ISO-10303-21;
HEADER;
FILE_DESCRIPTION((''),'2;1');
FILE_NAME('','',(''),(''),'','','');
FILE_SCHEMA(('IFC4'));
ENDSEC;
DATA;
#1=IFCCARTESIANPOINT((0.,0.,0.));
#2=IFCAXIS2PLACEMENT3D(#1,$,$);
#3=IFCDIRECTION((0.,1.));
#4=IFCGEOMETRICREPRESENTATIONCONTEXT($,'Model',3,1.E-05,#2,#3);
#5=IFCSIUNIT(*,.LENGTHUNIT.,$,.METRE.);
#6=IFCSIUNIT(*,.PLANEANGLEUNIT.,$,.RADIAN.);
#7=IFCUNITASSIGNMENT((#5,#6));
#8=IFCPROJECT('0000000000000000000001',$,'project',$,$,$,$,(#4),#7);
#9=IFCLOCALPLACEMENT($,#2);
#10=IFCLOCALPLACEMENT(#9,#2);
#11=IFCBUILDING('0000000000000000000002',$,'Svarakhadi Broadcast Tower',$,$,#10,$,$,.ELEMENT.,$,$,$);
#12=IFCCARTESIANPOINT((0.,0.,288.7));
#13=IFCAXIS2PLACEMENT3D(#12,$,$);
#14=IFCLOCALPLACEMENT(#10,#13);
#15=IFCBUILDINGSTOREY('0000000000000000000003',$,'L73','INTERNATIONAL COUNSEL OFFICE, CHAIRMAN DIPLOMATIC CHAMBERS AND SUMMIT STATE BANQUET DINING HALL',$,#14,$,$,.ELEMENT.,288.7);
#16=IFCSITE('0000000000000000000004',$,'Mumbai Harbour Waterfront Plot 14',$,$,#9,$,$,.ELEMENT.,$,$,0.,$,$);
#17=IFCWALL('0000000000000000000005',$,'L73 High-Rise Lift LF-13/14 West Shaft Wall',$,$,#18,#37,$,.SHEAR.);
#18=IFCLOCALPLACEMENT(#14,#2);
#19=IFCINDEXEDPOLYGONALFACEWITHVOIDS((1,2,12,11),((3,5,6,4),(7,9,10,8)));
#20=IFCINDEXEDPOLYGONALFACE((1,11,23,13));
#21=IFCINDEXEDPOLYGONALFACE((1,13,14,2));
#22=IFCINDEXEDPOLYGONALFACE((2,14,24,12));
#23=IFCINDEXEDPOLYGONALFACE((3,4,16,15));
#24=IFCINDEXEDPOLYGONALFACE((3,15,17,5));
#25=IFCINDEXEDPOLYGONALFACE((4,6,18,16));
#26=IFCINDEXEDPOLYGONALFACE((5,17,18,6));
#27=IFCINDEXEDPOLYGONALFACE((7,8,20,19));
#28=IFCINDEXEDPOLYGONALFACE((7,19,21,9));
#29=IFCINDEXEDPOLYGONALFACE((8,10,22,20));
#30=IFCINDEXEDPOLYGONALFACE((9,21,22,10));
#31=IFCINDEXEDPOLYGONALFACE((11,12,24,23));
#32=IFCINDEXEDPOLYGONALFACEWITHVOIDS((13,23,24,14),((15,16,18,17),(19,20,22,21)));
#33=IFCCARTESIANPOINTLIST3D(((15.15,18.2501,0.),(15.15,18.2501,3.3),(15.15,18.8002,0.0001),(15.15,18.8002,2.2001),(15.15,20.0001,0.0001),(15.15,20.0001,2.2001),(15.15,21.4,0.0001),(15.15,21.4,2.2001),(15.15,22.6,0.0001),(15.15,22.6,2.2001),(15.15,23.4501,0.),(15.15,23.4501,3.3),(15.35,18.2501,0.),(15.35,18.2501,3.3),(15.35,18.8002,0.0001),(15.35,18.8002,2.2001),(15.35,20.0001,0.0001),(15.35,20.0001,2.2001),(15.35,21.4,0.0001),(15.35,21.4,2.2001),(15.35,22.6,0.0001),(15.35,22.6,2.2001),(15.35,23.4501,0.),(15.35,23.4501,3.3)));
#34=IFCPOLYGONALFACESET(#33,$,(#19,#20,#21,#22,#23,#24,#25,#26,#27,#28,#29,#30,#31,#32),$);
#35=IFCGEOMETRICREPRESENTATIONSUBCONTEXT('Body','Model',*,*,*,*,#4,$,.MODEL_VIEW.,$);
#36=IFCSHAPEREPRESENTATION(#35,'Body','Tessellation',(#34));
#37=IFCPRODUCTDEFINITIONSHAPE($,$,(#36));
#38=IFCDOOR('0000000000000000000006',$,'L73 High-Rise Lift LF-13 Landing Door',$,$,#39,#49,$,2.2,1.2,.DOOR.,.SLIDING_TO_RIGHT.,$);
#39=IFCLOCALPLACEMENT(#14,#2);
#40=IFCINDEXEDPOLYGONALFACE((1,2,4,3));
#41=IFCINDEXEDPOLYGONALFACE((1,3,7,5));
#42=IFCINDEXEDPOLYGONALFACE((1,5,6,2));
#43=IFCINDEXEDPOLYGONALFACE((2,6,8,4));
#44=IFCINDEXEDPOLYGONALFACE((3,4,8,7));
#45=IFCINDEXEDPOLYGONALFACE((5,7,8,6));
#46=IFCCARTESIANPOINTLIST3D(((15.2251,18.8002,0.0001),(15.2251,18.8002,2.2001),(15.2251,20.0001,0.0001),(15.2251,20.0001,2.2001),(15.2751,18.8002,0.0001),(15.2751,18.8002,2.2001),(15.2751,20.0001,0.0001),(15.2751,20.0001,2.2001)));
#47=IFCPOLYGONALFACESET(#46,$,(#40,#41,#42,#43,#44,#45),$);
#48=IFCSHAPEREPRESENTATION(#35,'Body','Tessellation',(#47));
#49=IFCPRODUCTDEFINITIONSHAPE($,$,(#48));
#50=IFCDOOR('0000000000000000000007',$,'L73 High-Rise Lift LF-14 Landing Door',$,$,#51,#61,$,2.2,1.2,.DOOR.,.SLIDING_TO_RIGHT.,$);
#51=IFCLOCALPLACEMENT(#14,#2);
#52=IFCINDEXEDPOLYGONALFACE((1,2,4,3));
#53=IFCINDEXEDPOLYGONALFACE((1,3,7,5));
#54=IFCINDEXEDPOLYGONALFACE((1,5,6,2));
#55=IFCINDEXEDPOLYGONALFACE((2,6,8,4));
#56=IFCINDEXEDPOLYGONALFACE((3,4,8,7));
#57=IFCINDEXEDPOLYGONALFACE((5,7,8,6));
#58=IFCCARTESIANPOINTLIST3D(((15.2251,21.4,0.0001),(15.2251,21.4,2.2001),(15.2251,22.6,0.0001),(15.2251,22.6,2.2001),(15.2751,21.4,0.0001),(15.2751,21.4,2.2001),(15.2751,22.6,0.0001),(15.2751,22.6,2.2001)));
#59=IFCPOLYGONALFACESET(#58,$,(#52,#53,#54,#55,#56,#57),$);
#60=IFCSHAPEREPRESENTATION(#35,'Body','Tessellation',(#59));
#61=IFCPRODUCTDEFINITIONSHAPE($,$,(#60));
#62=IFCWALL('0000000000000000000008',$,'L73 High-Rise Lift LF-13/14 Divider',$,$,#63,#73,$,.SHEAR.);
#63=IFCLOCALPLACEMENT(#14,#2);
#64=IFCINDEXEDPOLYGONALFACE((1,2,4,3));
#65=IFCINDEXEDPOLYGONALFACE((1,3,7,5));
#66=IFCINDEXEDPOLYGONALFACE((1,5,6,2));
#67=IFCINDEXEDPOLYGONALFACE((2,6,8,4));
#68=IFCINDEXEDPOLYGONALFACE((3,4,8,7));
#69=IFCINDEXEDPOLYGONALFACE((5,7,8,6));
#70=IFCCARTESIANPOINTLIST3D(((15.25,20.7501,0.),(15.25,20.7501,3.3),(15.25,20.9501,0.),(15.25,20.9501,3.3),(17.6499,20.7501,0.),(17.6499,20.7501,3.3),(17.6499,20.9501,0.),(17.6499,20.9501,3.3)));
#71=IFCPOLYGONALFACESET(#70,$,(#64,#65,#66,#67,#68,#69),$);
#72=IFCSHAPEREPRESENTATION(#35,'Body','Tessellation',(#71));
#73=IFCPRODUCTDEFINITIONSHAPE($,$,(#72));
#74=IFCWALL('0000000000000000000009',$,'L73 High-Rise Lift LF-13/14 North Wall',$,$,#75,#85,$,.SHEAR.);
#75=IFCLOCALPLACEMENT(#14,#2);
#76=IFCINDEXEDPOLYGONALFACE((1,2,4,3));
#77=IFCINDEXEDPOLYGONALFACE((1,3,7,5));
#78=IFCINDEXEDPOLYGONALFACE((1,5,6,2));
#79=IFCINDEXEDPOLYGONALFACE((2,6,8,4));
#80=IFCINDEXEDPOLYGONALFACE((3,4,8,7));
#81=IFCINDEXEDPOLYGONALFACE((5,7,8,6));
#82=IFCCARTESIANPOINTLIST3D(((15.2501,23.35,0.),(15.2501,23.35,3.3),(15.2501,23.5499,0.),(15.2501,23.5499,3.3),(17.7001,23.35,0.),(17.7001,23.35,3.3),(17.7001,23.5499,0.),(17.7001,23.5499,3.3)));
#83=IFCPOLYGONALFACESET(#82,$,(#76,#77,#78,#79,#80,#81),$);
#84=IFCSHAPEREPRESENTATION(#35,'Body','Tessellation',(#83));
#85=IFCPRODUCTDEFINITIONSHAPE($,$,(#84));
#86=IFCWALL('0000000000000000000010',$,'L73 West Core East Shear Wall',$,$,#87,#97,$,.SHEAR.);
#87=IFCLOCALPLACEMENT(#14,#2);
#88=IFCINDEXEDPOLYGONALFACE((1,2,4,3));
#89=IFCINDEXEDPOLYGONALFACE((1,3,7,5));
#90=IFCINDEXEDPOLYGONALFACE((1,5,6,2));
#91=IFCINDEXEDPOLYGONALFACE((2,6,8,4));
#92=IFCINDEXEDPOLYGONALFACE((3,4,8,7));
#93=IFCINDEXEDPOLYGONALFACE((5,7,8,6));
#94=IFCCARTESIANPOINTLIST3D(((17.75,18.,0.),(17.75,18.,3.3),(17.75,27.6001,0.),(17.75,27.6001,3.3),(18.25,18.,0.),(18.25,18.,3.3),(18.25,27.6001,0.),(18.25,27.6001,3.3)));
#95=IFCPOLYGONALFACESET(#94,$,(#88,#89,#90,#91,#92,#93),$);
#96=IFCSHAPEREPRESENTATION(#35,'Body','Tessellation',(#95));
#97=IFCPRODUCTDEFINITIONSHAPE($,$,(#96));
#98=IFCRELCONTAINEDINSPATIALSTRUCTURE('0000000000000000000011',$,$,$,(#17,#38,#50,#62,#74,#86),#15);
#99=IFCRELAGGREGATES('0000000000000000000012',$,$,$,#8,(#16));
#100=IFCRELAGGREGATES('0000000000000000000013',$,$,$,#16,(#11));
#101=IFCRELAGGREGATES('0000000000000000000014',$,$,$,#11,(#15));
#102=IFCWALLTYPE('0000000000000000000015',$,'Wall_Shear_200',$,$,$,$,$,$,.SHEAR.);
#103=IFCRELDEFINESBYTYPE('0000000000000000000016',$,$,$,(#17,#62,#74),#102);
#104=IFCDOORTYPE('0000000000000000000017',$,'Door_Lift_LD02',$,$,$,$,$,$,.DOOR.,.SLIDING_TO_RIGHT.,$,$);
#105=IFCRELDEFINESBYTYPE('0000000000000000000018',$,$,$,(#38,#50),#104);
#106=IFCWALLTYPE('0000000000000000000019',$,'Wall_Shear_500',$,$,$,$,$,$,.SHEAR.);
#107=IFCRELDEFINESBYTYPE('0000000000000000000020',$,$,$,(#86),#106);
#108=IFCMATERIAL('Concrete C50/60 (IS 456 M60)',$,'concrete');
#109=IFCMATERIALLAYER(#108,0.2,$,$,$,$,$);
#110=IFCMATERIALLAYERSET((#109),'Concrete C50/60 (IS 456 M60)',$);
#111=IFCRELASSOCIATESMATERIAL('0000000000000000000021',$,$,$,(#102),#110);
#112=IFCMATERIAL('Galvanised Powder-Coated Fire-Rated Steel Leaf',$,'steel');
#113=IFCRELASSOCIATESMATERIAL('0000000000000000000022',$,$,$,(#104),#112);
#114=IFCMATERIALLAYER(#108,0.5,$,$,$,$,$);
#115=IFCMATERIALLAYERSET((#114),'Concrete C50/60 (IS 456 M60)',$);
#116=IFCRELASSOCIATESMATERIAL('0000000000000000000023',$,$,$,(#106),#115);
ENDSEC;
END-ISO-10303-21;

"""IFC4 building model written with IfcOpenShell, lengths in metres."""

from ifc_helpers import new_model, si_unit, direction, frame, frame_2d, origin, place, context, subcontext, project, spatial, rectangle, extrude, material, layer, layer_set, type_object, element, fill, save


model = new_model("IFC4")

# Units and contexts
model_context = context("Model", 3, precision=1e-05, world=origin(), true_north=direction((0.0, 1.0)))
body_context = subcontext(model_context, "Body", "Model", "MODEL_VIEW")
ifc_project = project(units=[si_unit("LENGTHUNIT", "METRE"), si_unit("PLANEANGLEUNIT", "RADIAN")], contexts=[model_context])

# Site, building, storey
site_placement = place(None, origin())
site = spatial("IfcSite", under=ifc_project, at=site_placement, Name="Mumbai Harbour Waterfront Plot 14", CompositionType="ELEMENT", RefElevation=0.0)
building_placement = place(site_placement, origin())
building = spatial("IfcBuilding", under=site, at=building_placement, Name="Svarakhadi Broadcast Tower", CompositionType="ELEMENT")
storey_placement = place(building_placement, frame((0.0, 0.0, 288.7)))
storey = spatial("IfcBuildingStorey", under=building, at=storey_placement, Name="L73", Description="INTERNATIONAL COUNSEL OFFICE, CHAIRMAN DIPLOMATIC CHAMBERS AND SUMMIT STATE BANQUET DINING HALL", CompositionType="ELEMENT", Elevation=288.7)

# Shared definitions
ifc_material_1 = material(Name="Concrete C50/60 (IS 456 M60)", Category="concrete")

# Shared definitions
ifc_layer_1 = layer(ifc_material_1, 0.2)
ifc_layer_set_1 = layer_set([ifc_layer_1], Name="Concrete C50/60 (IS 456 M60)")
wall_type_1 = type_object("IfcWallType", Name="Wall_Shear_200", PredefinedType="SHEAR", material=ifc_layer_set_1)

# Wall, openings, doors
wall_1_placement = place(storey_placement, frame((15.25, 18.25, 0.0), z_axis=(0.0, 0.0, 1.0), x_axis=(0.0, 1.0, 0.0)))
wall_1 = element("IfcWall", 1, at=wall_1_placement, inside=storey, type_object=wall_type_1, Name="L73 High-Rise Lift LF-13/14 West Shaft Wall", PredefinedType="SHEAR", context=body_context, shape_type="SweptSolid", body=[
    extrude(rectangle(XDim=5.2, YDim=0.2, at=frame_2d((2.6001, 0.0))), origin(), (0.0, 0.0, 1.0), 3.3),
])
opening_1_placement = place(wall_1_placement, frame((0.55, 0.0, 0.0)))
opening_1 = element("IfcOpeningElement", 2, at=opening_1_placement, cuts=wall_1, PredefinedType="OPENING", context=body_context, shape_type="SweptSolid", body=[
    extrude(rectangle(XDim=1.2, YDim=2.2, at=frame_2d((0.6001, 1.1001))), frame((0.0, 0.1099, 0.0), z_axis=(0.0, -1.0, 0.0), x_axis=(1.0, 0.0, 0.0)), (0.0, 0.0, 1.0), 0.22),
])
opening_2_placement = place(wall_1_placement, frame((3.1499, 0.0, 0.0)))
opening_2 = element("IfcOpeningElement", 3, at=opening_2_placement, cuts=wall_1, PredefinedType="OPENING", context=body_context, shape_type="SweptSolid", body=[
    extrude(rectangle(XDim=1.2, YDim=2.2, at=frame_2d((0.6001, 1.1001))), frame((0.0, 0.1099, 0.0), z_axis=(0.0, -1.0, 0.0), x_axis=(1.0, 0.0, 0.0)), (0.0, 0.0, 1.0), 0.22),
])
ifc_material_2 = material(Name="Galvanised Powder-Coated Fire-Rated Steel Leaf", Category="steel")
door_type_1 = type_object("IfcDoorType", Name="Door_Lift_LD02", OperationType="SLIDING_TO_RIGHT", PredefinedType="DOOR", material=ifc_material_2)
door_1_placement = place(opening_1_placement, origin())
door_1 = element("IfcDoor", 4, at=door_1_placement, inside=storey, type_object=door_type_1, Name="L73 High-Rise Lift LF-13 Landing Door", OperationType="SLIDING_TO_RIGHT", OverallHeight=2.2, OverallWidth=1.2, PredefinedType="DOOR", context=body_context, shape_type="SweptSolid", body=[
    extrude(rectangle(XDim=1.2, YDim=2.2, at=frame_2d((0.6001, 1.1001))), frame((0.0, 0.0249, 0.0), z_axis=(0.0, -1.0, 0.0), x_axis=(1.0, 0.0, 0.0)), (0.0, 0.0, 1.0), 0.05),
])
fill(opening_1, door_1)
door_2_placement = place(opening_2_placement, origin())
door_2 = element("IfcDoor", 5, at=door_2_placement, inside=storey, type_object=door_type_1, Name="L73 High-Rise Lift LF-14 Landing Door", OperationType="SLIDING_TO_RIGHT", OverallHeight=2.2, OverallWidth=1.2, PredefinedType="DOOR", context=body_context, shape_type="SweptSolid", body=[
    extrude(rectangle(XDim=1.2, YDim=2.2, at=frame_2d((0.6001, 1.1001))), frame((0.0, 0.0249, 0.0), z_axis=(0.0, -1.0, 0.0), x_axis=(1.0, 0.0, 0.0)), (0.0, 0.0, 1.0), 0.05),
])
fill(opening_2, door_2)

# Walls
wall_2_placement = place(storey_placement, frame((15.25, 20.8501, 0.0), z_axis=(0.0, 0.0, 1.0), x_axis=(1.0, 0.0, 0.0)))
element("IfcWall", 6, at=wall_2_placement, inside=storey, type_object=wall_type_1, Name="L73 High-Rise Lift LF-13/14 Divider", PredefinedType="SHEAR", context=body_context, shape_type="SweptSolid", body=[
    extrude(rectangle(XDim=2.3999, YDim=0.2, at=frame_2d((1.2, 0.0))), origin(), (0.0, 0.0, 1.0), 3.3),
])
wall_3_placement = place(storey_placement, frame((15.25, 23.45, 0.0), z_axis=(0.0, 0.0, 1.0), x_axis=(1.0, 0.0, 0.0)))
element("IfcWall", 7, at=wall_3_placement, inside=storey, type_object=wall_type_1, Name="L73 High-Rise Lift LF-13/14 North Wall", PredefinedType="SHEAR", context=body_context, shape_type="SweptSolid", body=[
    extrude(rectangle(XDim=2.45, YDim=0.2, at=frame_2d((1.2251, 0.0))), origin(), (0.0, 0.0, 1.0), 3.3),
])
ifc_layer_2 = layer(ifc_material_1, 0.5)
ifc_layer_set_2 = layer_set([ifc_layer_2], Name="Concrete C50/60 (IS 456 M60)")
wall_type_2 = type_object("IfcWallType", Name="Wall_Shear_500", PredefinedType="SHEAR", material=ifc_layer_set_2)
wall_4_placement = place(storey_placement, frame((18.0, 18.0, 0.0), z_axis=(0.0, 0.0, 1.0), x_axis=(0.0, 1.0, 0.0)))
element("IfcWall", 8, at=wall_4_placement, inside=storey, type_object=wall_type_2, Name="L73 West Core East Shear Wall", PredefinedType="SHEAR", context=body_context, shape_type="SweptSolid", body=[
    extrude(rectangle(XDim=9.6001, YDim=0.5, at=frame_2d((4.8, 0.0))), origin(), (0.0, 0.0, 1.0), 3.3),
])

save(model, "model.ifc")
